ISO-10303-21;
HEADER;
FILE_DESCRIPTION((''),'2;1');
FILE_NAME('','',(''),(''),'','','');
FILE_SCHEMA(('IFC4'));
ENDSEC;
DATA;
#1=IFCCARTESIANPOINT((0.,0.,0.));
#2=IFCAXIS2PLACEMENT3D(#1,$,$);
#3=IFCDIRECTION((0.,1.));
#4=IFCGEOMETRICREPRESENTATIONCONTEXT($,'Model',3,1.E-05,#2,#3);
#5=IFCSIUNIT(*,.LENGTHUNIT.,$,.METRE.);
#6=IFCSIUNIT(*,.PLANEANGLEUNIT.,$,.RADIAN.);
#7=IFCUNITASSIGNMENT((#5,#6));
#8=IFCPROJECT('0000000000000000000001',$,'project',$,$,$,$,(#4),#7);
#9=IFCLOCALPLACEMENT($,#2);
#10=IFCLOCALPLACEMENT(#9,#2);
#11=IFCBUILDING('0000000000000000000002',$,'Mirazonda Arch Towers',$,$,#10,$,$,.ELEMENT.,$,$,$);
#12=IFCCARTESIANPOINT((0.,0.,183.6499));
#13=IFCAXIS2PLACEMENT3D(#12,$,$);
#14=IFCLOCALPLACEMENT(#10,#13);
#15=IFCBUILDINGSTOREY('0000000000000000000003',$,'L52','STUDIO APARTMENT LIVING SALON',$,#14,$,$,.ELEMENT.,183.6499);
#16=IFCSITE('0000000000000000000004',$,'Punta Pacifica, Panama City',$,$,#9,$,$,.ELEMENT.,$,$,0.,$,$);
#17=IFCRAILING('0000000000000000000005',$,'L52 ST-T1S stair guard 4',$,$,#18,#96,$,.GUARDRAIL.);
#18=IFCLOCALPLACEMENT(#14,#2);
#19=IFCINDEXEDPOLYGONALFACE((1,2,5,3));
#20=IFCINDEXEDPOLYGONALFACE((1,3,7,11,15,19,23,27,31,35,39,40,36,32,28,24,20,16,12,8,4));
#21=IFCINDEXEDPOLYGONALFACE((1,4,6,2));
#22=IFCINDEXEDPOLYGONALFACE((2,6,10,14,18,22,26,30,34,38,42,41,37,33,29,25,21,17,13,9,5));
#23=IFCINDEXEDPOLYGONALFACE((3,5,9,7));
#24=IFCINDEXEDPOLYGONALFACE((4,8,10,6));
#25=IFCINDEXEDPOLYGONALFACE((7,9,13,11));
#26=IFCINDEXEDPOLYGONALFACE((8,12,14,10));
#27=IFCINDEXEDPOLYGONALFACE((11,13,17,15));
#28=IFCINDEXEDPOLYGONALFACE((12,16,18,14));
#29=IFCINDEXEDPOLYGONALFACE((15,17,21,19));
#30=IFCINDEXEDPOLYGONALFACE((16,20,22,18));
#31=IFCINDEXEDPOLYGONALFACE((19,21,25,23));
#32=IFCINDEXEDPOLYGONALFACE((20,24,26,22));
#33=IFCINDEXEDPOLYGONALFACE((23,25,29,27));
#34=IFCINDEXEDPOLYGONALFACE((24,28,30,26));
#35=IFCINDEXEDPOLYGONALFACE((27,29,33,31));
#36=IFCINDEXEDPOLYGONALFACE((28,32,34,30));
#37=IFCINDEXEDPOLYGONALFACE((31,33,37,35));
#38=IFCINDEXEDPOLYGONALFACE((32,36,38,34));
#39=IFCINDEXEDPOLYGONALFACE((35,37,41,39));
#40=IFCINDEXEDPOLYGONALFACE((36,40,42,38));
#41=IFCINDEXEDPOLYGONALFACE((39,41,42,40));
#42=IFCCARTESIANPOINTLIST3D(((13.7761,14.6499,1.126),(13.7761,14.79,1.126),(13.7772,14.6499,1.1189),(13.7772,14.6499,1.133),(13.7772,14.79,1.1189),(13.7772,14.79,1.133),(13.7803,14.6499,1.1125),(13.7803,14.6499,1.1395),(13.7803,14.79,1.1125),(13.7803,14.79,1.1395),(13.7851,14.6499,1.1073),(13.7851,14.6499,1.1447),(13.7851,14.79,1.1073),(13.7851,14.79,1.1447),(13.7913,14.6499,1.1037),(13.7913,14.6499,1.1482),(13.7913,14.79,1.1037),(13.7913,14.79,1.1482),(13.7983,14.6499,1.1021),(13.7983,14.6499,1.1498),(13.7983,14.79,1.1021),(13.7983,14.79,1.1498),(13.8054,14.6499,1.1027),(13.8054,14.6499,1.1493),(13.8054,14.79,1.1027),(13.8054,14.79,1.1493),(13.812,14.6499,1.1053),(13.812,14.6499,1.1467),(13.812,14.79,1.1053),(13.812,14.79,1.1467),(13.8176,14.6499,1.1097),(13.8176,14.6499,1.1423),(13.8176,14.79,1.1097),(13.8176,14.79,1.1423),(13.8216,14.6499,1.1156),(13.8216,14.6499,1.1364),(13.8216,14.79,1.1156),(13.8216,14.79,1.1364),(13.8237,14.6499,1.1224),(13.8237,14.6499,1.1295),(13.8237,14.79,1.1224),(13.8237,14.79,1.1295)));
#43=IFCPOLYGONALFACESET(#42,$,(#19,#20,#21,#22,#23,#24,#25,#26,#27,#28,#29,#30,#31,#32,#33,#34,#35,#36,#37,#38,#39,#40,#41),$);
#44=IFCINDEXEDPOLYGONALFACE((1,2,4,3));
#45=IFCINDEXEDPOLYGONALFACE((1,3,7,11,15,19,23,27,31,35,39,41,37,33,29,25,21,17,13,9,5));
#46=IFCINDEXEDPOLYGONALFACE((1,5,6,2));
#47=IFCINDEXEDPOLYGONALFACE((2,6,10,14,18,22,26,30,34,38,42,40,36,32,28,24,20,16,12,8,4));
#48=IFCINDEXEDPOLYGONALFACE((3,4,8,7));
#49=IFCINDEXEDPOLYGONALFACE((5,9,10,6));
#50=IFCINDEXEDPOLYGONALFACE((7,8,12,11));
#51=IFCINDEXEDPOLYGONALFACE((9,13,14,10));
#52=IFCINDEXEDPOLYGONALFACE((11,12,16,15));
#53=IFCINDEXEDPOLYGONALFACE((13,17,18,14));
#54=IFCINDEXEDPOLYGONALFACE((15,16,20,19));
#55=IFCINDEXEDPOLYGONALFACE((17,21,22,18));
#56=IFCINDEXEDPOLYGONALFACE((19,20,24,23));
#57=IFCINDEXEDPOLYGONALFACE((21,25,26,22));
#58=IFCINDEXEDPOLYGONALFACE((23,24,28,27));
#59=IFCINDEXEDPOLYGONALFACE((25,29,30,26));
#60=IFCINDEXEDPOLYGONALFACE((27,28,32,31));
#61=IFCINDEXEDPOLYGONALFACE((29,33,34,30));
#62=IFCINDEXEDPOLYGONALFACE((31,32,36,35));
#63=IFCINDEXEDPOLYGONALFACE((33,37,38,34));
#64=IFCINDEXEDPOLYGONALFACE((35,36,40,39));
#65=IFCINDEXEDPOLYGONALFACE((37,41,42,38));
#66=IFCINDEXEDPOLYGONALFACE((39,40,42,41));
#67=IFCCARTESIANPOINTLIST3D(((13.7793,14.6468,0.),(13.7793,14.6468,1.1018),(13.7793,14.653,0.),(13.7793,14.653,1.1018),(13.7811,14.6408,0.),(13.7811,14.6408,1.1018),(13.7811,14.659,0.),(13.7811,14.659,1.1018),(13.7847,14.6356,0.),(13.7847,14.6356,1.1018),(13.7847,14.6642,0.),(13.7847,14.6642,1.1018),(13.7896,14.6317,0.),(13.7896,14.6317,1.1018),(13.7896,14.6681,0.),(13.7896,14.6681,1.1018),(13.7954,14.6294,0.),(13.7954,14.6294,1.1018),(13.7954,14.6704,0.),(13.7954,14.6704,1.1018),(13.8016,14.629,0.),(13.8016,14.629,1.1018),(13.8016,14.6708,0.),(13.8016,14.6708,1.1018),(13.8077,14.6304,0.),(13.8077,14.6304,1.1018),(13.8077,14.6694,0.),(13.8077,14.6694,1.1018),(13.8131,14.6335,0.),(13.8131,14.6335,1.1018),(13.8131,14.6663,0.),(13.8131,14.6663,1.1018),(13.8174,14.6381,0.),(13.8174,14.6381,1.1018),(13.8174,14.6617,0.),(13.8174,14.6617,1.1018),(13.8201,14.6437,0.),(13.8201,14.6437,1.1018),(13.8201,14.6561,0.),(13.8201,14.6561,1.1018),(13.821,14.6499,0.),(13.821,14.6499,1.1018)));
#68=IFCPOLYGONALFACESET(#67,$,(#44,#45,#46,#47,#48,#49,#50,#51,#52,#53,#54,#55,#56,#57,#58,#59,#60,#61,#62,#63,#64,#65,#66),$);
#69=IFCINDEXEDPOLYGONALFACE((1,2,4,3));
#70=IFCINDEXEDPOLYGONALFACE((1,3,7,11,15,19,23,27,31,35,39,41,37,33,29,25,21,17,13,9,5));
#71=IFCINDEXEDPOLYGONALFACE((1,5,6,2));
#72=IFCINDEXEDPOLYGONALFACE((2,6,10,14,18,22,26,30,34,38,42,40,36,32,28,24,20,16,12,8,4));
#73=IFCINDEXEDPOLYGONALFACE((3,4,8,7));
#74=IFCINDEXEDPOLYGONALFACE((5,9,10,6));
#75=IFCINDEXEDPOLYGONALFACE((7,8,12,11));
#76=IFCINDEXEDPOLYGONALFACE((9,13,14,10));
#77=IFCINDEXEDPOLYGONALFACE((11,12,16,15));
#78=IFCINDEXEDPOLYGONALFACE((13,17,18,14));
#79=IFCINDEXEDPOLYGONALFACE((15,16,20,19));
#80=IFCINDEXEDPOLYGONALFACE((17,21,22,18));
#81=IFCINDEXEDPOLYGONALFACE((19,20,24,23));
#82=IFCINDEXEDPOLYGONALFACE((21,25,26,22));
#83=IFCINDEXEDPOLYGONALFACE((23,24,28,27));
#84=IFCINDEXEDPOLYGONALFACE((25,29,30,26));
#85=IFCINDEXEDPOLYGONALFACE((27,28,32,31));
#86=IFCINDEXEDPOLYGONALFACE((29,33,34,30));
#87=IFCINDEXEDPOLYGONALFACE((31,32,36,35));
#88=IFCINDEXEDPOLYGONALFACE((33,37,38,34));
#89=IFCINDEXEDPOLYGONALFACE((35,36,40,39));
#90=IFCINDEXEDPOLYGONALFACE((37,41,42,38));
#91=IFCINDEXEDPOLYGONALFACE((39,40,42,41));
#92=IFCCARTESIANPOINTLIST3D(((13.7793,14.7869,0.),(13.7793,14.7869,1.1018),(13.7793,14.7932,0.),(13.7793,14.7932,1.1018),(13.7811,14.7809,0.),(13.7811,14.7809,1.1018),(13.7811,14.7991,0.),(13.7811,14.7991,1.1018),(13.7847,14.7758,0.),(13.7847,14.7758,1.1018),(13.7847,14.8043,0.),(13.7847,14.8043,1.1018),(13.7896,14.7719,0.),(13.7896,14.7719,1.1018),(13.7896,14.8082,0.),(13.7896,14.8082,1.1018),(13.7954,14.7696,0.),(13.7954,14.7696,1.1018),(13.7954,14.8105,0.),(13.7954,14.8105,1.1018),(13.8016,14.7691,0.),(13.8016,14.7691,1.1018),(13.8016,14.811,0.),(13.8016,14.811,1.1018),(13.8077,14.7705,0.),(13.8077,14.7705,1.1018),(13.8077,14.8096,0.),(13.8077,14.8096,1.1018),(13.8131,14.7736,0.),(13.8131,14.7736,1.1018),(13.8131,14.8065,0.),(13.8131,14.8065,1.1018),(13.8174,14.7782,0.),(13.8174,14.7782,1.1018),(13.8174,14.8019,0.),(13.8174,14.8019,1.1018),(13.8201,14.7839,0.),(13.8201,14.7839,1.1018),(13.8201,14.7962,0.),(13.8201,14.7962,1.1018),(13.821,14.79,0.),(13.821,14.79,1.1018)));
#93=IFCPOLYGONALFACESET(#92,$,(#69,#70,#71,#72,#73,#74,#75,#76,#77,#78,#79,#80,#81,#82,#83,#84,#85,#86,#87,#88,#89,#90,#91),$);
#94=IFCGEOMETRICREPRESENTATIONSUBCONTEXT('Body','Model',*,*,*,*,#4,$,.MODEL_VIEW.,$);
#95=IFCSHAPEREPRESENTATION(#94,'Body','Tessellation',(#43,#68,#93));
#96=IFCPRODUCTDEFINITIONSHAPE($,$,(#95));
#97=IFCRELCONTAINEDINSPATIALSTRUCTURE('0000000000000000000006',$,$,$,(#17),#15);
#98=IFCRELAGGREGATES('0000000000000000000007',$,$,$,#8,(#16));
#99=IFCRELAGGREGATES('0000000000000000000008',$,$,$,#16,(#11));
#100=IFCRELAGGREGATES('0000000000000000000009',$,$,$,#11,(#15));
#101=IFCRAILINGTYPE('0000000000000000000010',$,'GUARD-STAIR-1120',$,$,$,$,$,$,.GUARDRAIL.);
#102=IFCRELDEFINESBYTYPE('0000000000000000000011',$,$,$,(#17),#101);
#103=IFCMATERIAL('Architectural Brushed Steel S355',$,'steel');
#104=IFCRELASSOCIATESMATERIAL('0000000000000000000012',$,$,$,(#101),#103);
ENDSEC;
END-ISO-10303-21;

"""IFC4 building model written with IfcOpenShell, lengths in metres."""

from ifc_helpers import new_model, si_unit, direction, frame, origin, origin_2d, place, context, subcontext, project, spatial, circle, extrude, material, type_object, element, save


model = new_model("IFC4")

# Units and contexts
model_context = context("Model", 3, precision=1e-05, world=origin(), true_north=direction((0.0, 1.0)))
body_context = subcontext(model_context, "Body", "Model", "MODEL_VIEW")
ifc_project = project(units=[si_unit("LENGTHUNIT", "METRE"), si_unit("PLANEANGLEUNIT", "RADIAN")], contexts=[model_context])

# Site, building, storey
site_placement = place(None, origin())
site = spatial("IfcSite", under=ifc_project, at=site_placement, Name="Punta Pacifica, Panama City", CompositionType="ELEMENT", RefElevation=0.0)
building_placement = place(site_placement, origin())
building = spatial("IfcBuilding", under=site, at=building_placement, Name="Mirazonda Arch Towers", CompositionType="ELEMENT")
storey_placement = place(building_placement, frame((0.0, 0.0, 183.6499)))
storey = spatial("IfcBuildingStorey", under=building, at=storey_placement, Name="L52", Description="STUDIO APARTMENT LIVING SALON", CompositionType="ELEMENT", Elevation=183.6499)

# Shared definitions
ifc_material_1 = material(Name="Architectural Brushed Steel S355", Category="steel")

# Railing
railing_type_1 = type_object("IfcRailingType", Name="GUARD-STAIR-1120", PredefinedType="GUARDRAIL", material=ifc_material_1)
railing_1_placement = place(storey_placement, frame((13.8, 14.6499, 0.0)))
element("IfcRailing", 1, at=railing_1_placement, inside=storey, type_object=railing_type_1, Name="L52 ST-T1S stair guard 4", PredefinedType="GUARDRAIL", context=body_context, shape_type="SweptSolid", body=[
    extrude(circle(Radius=0.0239, at=origin_2d()), frame((0.0, 0.0, 1.126), z_axis=(0.0, 1.0, 0.0), x_axis=(-1.0, 0.0, 0.0)), (0.0, 0.0, 1.0), 0.1401),
    extrude(circle(Radius=0.021, at=origin_2d()), origin(), (0.0, 0.0, 1.0), 1.1018),
    extrude(circle(Radius=0.021, at=origin_2d()), frame((0.0, 0.1401, 0.0)), (0.0, 0.0, 1.0), 1.1018),
])

save(model, "model.ifc")
